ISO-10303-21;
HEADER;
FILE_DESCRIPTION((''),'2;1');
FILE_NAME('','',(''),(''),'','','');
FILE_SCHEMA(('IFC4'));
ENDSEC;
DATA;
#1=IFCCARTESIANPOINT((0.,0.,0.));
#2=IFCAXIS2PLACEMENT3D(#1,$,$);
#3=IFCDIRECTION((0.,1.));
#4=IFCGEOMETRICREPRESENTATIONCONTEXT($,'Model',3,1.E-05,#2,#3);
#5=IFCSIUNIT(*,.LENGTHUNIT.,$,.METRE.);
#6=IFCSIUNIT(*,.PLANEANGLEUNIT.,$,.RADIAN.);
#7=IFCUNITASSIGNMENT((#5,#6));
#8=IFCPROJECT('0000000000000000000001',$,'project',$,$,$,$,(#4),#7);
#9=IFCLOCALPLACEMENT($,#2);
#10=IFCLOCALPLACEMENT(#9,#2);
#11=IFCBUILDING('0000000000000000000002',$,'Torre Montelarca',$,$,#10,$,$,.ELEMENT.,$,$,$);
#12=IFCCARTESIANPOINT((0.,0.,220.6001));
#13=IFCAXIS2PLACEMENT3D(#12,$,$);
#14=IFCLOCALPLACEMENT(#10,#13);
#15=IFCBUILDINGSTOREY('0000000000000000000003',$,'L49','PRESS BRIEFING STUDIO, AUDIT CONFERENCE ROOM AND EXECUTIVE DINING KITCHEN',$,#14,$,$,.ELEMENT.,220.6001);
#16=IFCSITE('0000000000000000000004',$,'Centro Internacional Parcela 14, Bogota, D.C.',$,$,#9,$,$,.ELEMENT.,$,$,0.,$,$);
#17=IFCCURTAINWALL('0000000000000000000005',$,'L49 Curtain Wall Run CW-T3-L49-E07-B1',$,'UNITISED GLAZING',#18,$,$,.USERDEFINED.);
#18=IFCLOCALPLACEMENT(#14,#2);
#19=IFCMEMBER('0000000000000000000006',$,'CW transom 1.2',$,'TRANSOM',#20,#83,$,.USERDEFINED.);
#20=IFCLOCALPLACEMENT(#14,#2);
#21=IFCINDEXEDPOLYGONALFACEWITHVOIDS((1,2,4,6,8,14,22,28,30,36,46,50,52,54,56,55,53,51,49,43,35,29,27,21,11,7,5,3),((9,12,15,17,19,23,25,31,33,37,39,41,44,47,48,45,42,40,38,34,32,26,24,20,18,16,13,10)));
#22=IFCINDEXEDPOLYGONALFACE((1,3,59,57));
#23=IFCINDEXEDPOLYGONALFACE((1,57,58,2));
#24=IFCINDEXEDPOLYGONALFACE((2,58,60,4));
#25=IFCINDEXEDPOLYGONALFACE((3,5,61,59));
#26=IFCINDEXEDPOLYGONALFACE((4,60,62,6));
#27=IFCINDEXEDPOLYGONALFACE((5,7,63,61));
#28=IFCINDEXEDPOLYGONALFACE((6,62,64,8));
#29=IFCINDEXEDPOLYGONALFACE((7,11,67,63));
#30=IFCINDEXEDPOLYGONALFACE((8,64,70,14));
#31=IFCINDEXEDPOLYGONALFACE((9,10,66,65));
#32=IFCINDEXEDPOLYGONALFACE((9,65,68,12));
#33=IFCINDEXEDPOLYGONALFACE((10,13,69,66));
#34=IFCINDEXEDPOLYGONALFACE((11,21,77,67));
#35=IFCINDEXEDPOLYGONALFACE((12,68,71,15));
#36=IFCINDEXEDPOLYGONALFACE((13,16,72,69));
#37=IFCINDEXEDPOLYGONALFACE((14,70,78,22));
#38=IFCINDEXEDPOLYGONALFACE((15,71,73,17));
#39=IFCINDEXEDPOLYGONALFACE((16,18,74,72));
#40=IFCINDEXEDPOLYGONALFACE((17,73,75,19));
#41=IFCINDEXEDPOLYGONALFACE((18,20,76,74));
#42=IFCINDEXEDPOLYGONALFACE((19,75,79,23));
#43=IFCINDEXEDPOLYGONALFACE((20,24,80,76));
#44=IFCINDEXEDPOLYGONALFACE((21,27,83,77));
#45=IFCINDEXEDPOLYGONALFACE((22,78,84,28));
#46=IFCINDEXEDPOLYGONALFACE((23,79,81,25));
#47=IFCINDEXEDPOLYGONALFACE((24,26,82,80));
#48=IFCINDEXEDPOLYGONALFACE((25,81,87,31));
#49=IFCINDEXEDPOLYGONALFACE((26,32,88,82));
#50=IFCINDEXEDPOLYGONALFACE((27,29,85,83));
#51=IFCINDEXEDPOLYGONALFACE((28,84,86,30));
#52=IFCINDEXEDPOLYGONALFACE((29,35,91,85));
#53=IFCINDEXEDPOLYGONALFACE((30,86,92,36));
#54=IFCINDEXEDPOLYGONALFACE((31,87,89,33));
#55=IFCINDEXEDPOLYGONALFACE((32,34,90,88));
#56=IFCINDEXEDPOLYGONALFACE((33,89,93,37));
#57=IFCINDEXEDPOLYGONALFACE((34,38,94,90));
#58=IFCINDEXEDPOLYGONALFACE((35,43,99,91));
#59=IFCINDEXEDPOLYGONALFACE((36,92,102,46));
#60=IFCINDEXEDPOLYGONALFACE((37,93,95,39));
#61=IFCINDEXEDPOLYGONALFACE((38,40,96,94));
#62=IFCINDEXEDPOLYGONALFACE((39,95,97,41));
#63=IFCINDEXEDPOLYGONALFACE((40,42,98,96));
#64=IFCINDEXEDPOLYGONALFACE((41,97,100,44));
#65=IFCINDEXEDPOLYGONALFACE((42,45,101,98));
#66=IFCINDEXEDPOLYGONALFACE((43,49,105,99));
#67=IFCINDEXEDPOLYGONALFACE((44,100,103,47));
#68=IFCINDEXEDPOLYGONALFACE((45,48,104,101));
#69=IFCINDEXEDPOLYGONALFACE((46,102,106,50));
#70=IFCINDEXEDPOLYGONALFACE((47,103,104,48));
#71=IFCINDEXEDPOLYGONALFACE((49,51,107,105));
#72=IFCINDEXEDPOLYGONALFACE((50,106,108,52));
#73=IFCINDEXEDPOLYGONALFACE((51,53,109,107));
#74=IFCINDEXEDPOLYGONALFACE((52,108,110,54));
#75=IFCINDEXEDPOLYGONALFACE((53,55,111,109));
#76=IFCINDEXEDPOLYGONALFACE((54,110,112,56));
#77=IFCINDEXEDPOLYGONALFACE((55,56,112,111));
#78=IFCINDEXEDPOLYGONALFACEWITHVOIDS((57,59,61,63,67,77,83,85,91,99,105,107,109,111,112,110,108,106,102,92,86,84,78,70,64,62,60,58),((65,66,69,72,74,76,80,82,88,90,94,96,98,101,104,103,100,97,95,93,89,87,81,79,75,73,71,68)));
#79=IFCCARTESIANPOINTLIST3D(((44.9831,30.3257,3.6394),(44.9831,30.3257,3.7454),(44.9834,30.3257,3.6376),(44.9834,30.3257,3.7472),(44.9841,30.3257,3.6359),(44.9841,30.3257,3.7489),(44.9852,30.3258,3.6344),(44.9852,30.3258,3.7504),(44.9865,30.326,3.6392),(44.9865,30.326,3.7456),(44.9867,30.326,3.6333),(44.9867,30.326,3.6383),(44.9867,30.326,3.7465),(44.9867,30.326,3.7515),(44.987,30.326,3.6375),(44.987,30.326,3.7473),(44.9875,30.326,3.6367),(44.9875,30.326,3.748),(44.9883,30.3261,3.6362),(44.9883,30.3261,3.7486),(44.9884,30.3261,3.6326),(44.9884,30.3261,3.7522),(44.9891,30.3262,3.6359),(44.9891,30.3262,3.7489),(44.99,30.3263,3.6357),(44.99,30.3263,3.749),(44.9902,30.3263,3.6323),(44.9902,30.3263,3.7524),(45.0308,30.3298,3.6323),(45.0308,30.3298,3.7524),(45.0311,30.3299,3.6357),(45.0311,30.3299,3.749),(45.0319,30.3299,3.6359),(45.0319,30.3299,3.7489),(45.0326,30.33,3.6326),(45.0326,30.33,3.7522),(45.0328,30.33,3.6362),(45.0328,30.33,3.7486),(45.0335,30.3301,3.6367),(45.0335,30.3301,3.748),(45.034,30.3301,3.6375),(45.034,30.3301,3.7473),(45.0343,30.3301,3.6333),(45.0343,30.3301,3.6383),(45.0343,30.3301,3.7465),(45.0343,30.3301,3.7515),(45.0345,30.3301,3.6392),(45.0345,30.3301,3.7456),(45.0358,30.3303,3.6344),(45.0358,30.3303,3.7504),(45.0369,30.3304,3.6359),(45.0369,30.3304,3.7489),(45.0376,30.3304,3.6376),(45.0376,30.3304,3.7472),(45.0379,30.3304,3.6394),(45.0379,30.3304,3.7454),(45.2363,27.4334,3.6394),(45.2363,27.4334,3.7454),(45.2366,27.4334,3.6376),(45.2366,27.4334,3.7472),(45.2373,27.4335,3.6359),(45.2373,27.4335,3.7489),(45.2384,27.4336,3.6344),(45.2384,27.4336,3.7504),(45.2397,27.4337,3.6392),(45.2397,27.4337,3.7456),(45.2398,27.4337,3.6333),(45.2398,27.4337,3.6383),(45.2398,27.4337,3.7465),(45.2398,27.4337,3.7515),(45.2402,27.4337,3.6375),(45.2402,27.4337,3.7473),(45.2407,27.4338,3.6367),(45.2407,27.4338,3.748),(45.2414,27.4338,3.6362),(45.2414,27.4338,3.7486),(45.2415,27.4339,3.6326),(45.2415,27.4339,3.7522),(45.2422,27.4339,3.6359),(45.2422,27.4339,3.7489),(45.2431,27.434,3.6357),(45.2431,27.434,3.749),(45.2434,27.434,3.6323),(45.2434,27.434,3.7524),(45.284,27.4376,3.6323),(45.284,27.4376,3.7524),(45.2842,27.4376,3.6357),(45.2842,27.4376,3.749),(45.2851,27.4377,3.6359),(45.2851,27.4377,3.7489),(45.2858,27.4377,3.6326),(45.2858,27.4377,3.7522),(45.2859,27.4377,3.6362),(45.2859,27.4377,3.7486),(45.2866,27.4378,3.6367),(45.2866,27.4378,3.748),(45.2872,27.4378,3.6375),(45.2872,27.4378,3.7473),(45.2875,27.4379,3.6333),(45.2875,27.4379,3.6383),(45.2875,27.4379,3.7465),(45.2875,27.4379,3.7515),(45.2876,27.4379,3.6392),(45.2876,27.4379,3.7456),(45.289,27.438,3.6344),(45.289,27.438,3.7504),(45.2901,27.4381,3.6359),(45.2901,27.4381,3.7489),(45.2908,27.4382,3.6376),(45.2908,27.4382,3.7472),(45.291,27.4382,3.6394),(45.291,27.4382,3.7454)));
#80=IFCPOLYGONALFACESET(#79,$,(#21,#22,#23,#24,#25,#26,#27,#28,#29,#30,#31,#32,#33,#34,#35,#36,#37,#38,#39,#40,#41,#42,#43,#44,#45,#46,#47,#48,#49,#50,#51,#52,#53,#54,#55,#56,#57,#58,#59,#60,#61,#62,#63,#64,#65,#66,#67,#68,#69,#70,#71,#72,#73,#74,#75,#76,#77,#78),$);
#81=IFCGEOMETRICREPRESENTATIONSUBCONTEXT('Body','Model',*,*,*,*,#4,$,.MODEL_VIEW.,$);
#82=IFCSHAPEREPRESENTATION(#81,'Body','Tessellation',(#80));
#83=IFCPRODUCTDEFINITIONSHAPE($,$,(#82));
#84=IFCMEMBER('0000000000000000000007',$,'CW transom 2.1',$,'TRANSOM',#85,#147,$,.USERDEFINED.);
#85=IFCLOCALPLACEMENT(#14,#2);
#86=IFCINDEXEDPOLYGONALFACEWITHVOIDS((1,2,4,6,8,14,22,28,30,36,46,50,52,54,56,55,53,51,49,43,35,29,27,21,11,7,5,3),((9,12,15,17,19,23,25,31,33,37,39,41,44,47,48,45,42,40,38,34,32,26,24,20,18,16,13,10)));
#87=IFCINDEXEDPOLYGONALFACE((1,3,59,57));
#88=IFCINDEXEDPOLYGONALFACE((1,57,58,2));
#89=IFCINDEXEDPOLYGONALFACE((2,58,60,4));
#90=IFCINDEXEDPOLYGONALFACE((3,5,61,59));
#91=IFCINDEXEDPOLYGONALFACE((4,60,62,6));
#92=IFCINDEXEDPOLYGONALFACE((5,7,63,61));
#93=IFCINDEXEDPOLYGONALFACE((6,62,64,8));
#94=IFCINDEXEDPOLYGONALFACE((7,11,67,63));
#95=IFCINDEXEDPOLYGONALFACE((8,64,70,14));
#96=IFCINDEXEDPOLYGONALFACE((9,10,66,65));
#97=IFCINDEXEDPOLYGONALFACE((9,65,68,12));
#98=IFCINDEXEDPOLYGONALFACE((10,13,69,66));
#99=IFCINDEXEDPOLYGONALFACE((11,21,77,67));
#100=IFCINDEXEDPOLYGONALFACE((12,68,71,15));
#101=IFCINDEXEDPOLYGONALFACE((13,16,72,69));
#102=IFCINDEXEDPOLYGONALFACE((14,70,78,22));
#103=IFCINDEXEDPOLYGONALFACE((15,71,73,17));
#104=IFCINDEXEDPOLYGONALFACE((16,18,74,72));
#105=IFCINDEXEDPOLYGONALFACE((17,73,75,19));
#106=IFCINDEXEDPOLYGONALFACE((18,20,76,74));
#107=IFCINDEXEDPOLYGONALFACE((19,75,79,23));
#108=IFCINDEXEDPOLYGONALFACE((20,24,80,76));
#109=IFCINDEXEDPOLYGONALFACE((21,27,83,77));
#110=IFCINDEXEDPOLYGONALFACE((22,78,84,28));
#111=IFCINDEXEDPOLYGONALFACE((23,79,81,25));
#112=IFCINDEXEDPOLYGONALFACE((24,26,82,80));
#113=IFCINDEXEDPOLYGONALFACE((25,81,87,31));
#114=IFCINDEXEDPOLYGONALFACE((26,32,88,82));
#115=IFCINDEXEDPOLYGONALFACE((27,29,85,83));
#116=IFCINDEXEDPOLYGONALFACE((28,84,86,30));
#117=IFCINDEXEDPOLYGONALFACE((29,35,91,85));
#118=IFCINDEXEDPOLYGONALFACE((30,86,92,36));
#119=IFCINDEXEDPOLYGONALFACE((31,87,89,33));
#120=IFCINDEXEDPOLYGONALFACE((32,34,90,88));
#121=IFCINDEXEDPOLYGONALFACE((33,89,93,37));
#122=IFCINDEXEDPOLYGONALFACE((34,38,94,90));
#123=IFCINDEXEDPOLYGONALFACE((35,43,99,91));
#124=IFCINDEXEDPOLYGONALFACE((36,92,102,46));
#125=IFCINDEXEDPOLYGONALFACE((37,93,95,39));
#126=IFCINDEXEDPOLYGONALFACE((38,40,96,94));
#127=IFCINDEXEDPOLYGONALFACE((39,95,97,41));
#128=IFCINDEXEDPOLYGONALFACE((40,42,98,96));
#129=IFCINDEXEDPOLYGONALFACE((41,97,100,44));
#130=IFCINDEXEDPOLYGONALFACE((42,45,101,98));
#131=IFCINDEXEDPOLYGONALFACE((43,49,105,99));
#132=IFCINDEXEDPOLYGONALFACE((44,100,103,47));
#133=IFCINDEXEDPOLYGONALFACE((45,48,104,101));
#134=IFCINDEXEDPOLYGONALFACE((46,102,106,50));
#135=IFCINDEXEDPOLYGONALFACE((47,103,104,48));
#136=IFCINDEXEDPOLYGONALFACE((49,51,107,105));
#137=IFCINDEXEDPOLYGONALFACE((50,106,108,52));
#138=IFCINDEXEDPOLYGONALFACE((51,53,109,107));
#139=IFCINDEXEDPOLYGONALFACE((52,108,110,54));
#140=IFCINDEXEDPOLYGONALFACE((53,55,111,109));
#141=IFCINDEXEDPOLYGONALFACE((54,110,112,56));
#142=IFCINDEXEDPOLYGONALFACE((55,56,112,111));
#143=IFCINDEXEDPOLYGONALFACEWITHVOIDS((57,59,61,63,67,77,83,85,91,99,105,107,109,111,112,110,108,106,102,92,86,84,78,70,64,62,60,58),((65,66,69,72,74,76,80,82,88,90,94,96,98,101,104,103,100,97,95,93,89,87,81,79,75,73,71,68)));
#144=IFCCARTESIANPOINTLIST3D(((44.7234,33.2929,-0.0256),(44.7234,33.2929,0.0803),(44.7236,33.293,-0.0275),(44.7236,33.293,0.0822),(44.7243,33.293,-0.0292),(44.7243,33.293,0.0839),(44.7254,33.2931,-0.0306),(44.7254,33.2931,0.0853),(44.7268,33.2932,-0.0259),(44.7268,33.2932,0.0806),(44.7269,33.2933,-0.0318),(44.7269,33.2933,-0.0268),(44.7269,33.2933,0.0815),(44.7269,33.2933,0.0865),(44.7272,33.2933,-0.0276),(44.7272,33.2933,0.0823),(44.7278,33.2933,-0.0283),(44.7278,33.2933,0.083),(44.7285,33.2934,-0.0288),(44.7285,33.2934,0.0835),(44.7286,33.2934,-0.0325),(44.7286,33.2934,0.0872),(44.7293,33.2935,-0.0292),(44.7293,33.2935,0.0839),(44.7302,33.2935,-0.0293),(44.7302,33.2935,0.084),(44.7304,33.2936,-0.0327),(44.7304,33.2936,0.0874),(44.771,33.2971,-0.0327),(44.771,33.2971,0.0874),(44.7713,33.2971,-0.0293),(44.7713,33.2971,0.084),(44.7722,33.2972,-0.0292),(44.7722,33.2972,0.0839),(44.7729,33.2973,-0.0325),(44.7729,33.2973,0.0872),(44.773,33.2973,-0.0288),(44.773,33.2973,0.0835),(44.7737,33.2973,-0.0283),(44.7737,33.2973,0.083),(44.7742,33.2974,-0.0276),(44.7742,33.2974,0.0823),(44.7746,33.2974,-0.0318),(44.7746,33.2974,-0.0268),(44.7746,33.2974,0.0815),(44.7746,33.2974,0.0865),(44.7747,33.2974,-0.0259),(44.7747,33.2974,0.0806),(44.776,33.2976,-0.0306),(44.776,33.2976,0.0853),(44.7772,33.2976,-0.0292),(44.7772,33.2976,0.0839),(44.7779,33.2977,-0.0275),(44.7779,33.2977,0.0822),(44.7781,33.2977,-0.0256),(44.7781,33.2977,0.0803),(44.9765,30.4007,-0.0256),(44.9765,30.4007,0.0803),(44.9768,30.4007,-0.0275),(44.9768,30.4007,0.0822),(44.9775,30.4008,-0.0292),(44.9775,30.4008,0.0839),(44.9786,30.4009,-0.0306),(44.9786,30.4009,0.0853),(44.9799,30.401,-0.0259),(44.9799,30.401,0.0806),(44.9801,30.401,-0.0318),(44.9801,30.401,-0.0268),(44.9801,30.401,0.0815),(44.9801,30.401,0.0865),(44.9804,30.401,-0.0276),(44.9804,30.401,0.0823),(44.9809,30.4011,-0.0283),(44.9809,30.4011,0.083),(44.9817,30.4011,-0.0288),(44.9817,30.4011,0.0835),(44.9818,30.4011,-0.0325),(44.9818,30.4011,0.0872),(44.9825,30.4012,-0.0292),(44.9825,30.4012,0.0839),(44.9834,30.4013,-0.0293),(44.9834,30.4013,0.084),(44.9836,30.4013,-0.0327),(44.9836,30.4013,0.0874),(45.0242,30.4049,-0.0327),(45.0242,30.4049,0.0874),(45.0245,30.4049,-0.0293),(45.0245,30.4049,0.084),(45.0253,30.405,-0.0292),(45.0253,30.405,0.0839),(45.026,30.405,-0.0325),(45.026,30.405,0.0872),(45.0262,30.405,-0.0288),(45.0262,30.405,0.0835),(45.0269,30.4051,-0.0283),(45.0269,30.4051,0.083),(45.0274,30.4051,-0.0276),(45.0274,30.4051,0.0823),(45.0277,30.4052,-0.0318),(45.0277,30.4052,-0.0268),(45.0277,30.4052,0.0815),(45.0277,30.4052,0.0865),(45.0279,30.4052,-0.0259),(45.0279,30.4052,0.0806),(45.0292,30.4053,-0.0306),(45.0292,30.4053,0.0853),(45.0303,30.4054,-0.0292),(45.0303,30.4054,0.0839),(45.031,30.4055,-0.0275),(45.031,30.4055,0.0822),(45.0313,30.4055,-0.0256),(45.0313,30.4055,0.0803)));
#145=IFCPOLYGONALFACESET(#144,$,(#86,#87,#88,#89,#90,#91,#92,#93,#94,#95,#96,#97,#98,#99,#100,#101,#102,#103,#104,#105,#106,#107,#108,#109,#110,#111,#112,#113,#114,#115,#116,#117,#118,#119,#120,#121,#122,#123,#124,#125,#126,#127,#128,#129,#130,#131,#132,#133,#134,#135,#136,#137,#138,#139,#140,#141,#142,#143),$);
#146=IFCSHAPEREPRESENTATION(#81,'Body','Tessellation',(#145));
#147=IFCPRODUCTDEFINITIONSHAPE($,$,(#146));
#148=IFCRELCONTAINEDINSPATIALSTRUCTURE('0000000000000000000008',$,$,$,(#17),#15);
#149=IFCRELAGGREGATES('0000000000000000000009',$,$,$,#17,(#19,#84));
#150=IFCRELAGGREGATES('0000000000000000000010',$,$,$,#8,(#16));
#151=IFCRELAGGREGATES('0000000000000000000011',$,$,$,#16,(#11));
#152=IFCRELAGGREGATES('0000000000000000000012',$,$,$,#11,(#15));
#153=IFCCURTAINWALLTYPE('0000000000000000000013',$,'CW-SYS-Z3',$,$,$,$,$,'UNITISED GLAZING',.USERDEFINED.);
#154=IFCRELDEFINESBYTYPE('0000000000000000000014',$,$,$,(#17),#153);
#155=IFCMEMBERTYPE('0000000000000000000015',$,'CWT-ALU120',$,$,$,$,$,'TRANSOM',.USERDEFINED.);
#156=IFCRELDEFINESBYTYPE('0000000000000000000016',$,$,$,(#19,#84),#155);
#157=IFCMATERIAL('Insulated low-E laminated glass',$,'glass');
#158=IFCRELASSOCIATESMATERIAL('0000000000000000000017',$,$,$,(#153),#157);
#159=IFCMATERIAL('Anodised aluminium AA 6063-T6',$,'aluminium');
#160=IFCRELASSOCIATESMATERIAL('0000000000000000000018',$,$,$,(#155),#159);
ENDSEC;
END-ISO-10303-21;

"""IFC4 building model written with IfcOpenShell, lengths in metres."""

from ifc_helpers import new_model, si_unit, direction, frame, origin, origin_2d, place, context, subcontext, project, spatial, hollow_rectangle, extrude, source, transform, mapped, material, material_profile, profile_set, type_object, element, aggregate, save


model = new_model("IFC4")

# Units and contexts
model_context = context("Model", 3, precision=1e-05, world=origin(), true_north=direction((0.0, 1.0)))
body_context = subcontext(model_context, "Body", "Model", "MODEL_VIEW")
ifc_project = project(units=[si_unit("LENGTHUNIT", "METRE"), si_unit("PLANEANGLEUNIT", "RADIAN")], contexts=[model_context])

# Site, building, storey
site_placement = place(None, origin())
site = spatial("IfcSite", under=ifc_project, at=site_placement, Name="Centro Internacional Parcela 14, Bogota, D.C.", CompositionType="ELEMENT", RefElevation=0.0)
building_placement = place(site_placement, origin())
building = spatial("IfcBuilding", under=site, at=building_placement, Name="Torre Montelarca", CompositionType="ELEMENT")
storey_placement = place(building_placement, frame((0.0, 0.0, 220.6001)))
storey = spatial("IfcBuildingStorey", under=building, at=storey_placement, Name="L49", Description="PRESS BRIEFING STUDIO, AUDIT CONFERENCE ROOM AND EXECUTIVE DINING KITCHEN", CompositionType="ELEMENT", Elevation=220.6001)

# Shared definitions
ifc_material_1 = material(Name="Insulated low-E laminated glass", Category="glass")
curtain_wall_type = type_object("IfcCurtainWallType", Name="CW-SYS-Z3", ElementType="UNITISED GLAZING", PredefinedType="USERDEFINED", material=ifc_material_1)
ifc_material_2 = material(Name="Anodised aluminium AA 6063-T6", Category="aluminium")
ifc_material_profile_1 = material_profile(ifc_material_2, hollow_rectangle(XDim=0.0549, YDim=0.1201, WallThickness=0.0034, InnerFilletRadius=0.0034, OuterFilletRadius=0.0071, at=origin_2d()), Name="ALU55X120X3.5", Category="aluminium")
ifc_profile_set_1 = profile_set([ifc_material_profile_1], Name="Anodised aluminium AA 6063-T6")
member_type_1 = type_object("IfcMemberType", Name="CWT-ALU120", ElementType="TRANSOM", PredefinedType="USERDEFINED", material=ifc_profile_set_1)

# Curtain wall, members
curtain_wall_1_placement = place(storey_placement, origin())
curtain_wall_1 = element("IfcCurtainWall", 1, at=curtain_wall_1_placement, inside=storey, type_object=curtain_wall_type, Name="L49 Curtain Wall Run CW-T3-L49-E07-B1", ObjectType="UNITISED GLAZING", PredefinedType="USERDEFINED")
shared_shape_1 = source(origin(), body_context, "Body", "SweptSolid", [
    extrude(hollow_rectangle(XDim=0.0549, YDim=0.1201, WallThickness=0.0034, InnerFilletRadius=0.0034, OuterFilletRadius=0.0071, at=origin_2d()), origin(), (0.0, 0.0, 1.0), 2.9033),
])
member_1_placement = place(storey_placement, frame((45.2637, 27.4358, 3.6924), z_axis=(-0.087199, 0.996191, 0.0), x_axis=(-0.996191, -0.087199, 0.0)))
member_1 = element("IfcMember", 2, at=member_1_placement, type_object=member_type_1, Name="CW transom 1.2", ObjectType="TRANSOM", PredefinedType="USERDEFINED", context=body_context, shape_type="MappedRepresentation", body=[
    mapped(shared_shape_1, transform((0.0, 0.0, 0.0), scale=1.0)),
])
member_2_placement = place(storey_placement, frame((45.0039, 30.4031, 0.0273), z_axis=(-0.087199, 0.996191, 0.0), x_axis=(-0.996191, -0.087199, 0.0)))
member_2 = element("IfcMember", 3, at=member_2_placement, type_object=member_type_1, Name="CW transom 2.1", ObjectType="TRANSOM", PredefinedType="USERDEFINED", context=body_context, shape_type="MappedRepresentation", body=[
    mapped(shared_shape_1, transform((0.0, 0.0, 0.0), scale=1.0)),
])

aggregate(curtain_wall_1, [member_1, member_2])

save(model, "model.ifc")
